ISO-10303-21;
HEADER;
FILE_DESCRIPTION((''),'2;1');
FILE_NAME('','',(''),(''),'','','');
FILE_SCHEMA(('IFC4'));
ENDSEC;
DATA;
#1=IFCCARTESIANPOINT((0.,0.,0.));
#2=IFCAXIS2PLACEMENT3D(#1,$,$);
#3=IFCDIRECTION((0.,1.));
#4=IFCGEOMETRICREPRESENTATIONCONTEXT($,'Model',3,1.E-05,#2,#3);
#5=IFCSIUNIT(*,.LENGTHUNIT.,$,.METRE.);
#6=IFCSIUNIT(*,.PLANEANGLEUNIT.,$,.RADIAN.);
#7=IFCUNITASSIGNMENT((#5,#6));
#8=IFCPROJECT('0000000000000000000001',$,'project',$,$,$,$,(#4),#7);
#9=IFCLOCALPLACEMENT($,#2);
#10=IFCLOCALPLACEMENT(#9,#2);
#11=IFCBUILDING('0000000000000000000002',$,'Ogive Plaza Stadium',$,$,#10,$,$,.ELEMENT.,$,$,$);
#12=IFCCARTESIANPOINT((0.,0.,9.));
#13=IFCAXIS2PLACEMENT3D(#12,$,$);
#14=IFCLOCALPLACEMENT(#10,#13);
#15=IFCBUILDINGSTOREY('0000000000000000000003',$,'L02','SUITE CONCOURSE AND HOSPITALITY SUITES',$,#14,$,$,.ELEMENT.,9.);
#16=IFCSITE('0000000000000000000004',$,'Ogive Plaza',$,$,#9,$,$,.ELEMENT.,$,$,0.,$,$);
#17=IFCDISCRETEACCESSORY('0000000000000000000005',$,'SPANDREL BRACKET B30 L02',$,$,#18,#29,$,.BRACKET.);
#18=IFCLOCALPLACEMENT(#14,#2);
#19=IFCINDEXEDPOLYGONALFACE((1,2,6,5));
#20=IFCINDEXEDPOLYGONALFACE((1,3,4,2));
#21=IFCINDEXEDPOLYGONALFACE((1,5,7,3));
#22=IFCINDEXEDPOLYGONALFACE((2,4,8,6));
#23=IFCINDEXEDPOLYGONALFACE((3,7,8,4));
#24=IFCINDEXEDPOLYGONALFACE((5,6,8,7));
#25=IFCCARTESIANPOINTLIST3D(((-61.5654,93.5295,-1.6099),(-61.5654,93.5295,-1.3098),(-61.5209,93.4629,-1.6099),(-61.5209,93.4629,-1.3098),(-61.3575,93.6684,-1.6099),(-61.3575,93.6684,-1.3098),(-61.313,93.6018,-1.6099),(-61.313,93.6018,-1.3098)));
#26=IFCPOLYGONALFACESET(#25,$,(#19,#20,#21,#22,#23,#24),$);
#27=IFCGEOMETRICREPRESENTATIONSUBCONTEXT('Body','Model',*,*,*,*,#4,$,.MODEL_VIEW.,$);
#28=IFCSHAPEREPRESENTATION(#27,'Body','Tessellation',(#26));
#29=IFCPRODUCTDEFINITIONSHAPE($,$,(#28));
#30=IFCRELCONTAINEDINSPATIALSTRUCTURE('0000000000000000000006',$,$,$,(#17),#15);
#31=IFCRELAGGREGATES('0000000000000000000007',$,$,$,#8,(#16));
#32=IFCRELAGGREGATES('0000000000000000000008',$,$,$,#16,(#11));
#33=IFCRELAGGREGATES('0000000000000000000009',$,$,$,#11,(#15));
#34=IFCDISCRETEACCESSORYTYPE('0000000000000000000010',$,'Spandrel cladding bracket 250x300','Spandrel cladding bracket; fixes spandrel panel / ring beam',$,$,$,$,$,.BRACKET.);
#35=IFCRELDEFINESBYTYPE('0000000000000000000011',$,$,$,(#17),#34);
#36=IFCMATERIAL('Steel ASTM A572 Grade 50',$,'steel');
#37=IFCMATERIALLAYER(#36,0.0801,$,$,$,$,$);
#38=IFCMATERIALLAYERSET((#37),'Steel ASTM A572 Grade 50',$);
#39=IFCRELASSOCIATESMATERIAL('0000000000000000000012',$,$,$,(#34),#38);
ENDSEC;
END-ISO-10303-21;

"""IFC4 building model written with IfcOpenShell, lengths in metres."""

from ifc_helpers import new_model, si_unit, direction, frame, origin, origin_2d, place, context, subcontext, project, spatial, rectangle, extrude, material, layer, layer_set, type_object, element, save


model = new_model("IFC4")

# Units and contexts
model_context = context("Model", 3, precision=1e-05, world=origin(), true_north=direction((0.0, 1.0)))
body_context = subcontext(model_context, "Body", "Model", "MODEL_VIEW")
ifc_project = project(units=[si_unit("LENGTHUNIT", "METRE"), si_unit("PLANEANGLEUNIT", "RADIAN")], contexts=[model_context])

# Site, building, storey
site_placement = place(None, origin())
site = spatial("IfcSite", under=ifc_project, at=site_placement, Name="Ogive Plaza", CompositionType="ELEMENT", RefElevation=0.0)
building_placement = place(site_placement, origin())
building = spatial("IfcBuilding", under=site, at=building_placement, Name="Ogive Plaza Stadium", CompositionType="ELEMENT")
storey_placement = place(building_placement, frame((0.0, 0.0, 9.0)))
storey = spatial("IfcBuildingStorey", under=building, at=storey_placement, Name="L02", Description="SUITE CONCOURSE AND HOSPITALITY SUITES", CompositionType="ELEMENT", Elevation=9.0)

# Discrete accessory
ifc_material_1 = material(Name="Steel ASTM A572 Grade 50", Category="steel")
ifc_layer_1 = layer(ifc_material_1, 0.0801)
ifc_layer_set_1 = layer_set([ifc_layer_1], Name="Steel ASTM A572 Grade 50")
discrete_accessory_type = type_object("IfcDiscreteAccessoryType", Name="Spandrel cladding bracket 250x300", Description="Spandrel cladding bracket; fixes spandrel panel / ring beam", PredefinedType="BRACKET", material=ifc_layer_set_1)
discrete_accessory_placement = place(storey_placement, frame((-61.4392, 93.5657, -1.6099), z_axis=(0.0, 0.0, 1.0), x_axis=(0.83147, 0.55557, 0.0)))
element("IfcDiscreteAccessory", 1, at=discrete_accessory_placement, inside=storey, type_object=discrete_accessory_type, Name="SPANDREL BRACKET B30 L02", PredefinedType="BRACKET", context=body_context, shape_type="SweptSolid", body=[
    extrude(rectangle(XDim=0.25, YDim=0.0801, at=origin_2d()), origin(), (0.0, 0.0, 1.0), 0.3),
])

save(model, "model.ifc")
